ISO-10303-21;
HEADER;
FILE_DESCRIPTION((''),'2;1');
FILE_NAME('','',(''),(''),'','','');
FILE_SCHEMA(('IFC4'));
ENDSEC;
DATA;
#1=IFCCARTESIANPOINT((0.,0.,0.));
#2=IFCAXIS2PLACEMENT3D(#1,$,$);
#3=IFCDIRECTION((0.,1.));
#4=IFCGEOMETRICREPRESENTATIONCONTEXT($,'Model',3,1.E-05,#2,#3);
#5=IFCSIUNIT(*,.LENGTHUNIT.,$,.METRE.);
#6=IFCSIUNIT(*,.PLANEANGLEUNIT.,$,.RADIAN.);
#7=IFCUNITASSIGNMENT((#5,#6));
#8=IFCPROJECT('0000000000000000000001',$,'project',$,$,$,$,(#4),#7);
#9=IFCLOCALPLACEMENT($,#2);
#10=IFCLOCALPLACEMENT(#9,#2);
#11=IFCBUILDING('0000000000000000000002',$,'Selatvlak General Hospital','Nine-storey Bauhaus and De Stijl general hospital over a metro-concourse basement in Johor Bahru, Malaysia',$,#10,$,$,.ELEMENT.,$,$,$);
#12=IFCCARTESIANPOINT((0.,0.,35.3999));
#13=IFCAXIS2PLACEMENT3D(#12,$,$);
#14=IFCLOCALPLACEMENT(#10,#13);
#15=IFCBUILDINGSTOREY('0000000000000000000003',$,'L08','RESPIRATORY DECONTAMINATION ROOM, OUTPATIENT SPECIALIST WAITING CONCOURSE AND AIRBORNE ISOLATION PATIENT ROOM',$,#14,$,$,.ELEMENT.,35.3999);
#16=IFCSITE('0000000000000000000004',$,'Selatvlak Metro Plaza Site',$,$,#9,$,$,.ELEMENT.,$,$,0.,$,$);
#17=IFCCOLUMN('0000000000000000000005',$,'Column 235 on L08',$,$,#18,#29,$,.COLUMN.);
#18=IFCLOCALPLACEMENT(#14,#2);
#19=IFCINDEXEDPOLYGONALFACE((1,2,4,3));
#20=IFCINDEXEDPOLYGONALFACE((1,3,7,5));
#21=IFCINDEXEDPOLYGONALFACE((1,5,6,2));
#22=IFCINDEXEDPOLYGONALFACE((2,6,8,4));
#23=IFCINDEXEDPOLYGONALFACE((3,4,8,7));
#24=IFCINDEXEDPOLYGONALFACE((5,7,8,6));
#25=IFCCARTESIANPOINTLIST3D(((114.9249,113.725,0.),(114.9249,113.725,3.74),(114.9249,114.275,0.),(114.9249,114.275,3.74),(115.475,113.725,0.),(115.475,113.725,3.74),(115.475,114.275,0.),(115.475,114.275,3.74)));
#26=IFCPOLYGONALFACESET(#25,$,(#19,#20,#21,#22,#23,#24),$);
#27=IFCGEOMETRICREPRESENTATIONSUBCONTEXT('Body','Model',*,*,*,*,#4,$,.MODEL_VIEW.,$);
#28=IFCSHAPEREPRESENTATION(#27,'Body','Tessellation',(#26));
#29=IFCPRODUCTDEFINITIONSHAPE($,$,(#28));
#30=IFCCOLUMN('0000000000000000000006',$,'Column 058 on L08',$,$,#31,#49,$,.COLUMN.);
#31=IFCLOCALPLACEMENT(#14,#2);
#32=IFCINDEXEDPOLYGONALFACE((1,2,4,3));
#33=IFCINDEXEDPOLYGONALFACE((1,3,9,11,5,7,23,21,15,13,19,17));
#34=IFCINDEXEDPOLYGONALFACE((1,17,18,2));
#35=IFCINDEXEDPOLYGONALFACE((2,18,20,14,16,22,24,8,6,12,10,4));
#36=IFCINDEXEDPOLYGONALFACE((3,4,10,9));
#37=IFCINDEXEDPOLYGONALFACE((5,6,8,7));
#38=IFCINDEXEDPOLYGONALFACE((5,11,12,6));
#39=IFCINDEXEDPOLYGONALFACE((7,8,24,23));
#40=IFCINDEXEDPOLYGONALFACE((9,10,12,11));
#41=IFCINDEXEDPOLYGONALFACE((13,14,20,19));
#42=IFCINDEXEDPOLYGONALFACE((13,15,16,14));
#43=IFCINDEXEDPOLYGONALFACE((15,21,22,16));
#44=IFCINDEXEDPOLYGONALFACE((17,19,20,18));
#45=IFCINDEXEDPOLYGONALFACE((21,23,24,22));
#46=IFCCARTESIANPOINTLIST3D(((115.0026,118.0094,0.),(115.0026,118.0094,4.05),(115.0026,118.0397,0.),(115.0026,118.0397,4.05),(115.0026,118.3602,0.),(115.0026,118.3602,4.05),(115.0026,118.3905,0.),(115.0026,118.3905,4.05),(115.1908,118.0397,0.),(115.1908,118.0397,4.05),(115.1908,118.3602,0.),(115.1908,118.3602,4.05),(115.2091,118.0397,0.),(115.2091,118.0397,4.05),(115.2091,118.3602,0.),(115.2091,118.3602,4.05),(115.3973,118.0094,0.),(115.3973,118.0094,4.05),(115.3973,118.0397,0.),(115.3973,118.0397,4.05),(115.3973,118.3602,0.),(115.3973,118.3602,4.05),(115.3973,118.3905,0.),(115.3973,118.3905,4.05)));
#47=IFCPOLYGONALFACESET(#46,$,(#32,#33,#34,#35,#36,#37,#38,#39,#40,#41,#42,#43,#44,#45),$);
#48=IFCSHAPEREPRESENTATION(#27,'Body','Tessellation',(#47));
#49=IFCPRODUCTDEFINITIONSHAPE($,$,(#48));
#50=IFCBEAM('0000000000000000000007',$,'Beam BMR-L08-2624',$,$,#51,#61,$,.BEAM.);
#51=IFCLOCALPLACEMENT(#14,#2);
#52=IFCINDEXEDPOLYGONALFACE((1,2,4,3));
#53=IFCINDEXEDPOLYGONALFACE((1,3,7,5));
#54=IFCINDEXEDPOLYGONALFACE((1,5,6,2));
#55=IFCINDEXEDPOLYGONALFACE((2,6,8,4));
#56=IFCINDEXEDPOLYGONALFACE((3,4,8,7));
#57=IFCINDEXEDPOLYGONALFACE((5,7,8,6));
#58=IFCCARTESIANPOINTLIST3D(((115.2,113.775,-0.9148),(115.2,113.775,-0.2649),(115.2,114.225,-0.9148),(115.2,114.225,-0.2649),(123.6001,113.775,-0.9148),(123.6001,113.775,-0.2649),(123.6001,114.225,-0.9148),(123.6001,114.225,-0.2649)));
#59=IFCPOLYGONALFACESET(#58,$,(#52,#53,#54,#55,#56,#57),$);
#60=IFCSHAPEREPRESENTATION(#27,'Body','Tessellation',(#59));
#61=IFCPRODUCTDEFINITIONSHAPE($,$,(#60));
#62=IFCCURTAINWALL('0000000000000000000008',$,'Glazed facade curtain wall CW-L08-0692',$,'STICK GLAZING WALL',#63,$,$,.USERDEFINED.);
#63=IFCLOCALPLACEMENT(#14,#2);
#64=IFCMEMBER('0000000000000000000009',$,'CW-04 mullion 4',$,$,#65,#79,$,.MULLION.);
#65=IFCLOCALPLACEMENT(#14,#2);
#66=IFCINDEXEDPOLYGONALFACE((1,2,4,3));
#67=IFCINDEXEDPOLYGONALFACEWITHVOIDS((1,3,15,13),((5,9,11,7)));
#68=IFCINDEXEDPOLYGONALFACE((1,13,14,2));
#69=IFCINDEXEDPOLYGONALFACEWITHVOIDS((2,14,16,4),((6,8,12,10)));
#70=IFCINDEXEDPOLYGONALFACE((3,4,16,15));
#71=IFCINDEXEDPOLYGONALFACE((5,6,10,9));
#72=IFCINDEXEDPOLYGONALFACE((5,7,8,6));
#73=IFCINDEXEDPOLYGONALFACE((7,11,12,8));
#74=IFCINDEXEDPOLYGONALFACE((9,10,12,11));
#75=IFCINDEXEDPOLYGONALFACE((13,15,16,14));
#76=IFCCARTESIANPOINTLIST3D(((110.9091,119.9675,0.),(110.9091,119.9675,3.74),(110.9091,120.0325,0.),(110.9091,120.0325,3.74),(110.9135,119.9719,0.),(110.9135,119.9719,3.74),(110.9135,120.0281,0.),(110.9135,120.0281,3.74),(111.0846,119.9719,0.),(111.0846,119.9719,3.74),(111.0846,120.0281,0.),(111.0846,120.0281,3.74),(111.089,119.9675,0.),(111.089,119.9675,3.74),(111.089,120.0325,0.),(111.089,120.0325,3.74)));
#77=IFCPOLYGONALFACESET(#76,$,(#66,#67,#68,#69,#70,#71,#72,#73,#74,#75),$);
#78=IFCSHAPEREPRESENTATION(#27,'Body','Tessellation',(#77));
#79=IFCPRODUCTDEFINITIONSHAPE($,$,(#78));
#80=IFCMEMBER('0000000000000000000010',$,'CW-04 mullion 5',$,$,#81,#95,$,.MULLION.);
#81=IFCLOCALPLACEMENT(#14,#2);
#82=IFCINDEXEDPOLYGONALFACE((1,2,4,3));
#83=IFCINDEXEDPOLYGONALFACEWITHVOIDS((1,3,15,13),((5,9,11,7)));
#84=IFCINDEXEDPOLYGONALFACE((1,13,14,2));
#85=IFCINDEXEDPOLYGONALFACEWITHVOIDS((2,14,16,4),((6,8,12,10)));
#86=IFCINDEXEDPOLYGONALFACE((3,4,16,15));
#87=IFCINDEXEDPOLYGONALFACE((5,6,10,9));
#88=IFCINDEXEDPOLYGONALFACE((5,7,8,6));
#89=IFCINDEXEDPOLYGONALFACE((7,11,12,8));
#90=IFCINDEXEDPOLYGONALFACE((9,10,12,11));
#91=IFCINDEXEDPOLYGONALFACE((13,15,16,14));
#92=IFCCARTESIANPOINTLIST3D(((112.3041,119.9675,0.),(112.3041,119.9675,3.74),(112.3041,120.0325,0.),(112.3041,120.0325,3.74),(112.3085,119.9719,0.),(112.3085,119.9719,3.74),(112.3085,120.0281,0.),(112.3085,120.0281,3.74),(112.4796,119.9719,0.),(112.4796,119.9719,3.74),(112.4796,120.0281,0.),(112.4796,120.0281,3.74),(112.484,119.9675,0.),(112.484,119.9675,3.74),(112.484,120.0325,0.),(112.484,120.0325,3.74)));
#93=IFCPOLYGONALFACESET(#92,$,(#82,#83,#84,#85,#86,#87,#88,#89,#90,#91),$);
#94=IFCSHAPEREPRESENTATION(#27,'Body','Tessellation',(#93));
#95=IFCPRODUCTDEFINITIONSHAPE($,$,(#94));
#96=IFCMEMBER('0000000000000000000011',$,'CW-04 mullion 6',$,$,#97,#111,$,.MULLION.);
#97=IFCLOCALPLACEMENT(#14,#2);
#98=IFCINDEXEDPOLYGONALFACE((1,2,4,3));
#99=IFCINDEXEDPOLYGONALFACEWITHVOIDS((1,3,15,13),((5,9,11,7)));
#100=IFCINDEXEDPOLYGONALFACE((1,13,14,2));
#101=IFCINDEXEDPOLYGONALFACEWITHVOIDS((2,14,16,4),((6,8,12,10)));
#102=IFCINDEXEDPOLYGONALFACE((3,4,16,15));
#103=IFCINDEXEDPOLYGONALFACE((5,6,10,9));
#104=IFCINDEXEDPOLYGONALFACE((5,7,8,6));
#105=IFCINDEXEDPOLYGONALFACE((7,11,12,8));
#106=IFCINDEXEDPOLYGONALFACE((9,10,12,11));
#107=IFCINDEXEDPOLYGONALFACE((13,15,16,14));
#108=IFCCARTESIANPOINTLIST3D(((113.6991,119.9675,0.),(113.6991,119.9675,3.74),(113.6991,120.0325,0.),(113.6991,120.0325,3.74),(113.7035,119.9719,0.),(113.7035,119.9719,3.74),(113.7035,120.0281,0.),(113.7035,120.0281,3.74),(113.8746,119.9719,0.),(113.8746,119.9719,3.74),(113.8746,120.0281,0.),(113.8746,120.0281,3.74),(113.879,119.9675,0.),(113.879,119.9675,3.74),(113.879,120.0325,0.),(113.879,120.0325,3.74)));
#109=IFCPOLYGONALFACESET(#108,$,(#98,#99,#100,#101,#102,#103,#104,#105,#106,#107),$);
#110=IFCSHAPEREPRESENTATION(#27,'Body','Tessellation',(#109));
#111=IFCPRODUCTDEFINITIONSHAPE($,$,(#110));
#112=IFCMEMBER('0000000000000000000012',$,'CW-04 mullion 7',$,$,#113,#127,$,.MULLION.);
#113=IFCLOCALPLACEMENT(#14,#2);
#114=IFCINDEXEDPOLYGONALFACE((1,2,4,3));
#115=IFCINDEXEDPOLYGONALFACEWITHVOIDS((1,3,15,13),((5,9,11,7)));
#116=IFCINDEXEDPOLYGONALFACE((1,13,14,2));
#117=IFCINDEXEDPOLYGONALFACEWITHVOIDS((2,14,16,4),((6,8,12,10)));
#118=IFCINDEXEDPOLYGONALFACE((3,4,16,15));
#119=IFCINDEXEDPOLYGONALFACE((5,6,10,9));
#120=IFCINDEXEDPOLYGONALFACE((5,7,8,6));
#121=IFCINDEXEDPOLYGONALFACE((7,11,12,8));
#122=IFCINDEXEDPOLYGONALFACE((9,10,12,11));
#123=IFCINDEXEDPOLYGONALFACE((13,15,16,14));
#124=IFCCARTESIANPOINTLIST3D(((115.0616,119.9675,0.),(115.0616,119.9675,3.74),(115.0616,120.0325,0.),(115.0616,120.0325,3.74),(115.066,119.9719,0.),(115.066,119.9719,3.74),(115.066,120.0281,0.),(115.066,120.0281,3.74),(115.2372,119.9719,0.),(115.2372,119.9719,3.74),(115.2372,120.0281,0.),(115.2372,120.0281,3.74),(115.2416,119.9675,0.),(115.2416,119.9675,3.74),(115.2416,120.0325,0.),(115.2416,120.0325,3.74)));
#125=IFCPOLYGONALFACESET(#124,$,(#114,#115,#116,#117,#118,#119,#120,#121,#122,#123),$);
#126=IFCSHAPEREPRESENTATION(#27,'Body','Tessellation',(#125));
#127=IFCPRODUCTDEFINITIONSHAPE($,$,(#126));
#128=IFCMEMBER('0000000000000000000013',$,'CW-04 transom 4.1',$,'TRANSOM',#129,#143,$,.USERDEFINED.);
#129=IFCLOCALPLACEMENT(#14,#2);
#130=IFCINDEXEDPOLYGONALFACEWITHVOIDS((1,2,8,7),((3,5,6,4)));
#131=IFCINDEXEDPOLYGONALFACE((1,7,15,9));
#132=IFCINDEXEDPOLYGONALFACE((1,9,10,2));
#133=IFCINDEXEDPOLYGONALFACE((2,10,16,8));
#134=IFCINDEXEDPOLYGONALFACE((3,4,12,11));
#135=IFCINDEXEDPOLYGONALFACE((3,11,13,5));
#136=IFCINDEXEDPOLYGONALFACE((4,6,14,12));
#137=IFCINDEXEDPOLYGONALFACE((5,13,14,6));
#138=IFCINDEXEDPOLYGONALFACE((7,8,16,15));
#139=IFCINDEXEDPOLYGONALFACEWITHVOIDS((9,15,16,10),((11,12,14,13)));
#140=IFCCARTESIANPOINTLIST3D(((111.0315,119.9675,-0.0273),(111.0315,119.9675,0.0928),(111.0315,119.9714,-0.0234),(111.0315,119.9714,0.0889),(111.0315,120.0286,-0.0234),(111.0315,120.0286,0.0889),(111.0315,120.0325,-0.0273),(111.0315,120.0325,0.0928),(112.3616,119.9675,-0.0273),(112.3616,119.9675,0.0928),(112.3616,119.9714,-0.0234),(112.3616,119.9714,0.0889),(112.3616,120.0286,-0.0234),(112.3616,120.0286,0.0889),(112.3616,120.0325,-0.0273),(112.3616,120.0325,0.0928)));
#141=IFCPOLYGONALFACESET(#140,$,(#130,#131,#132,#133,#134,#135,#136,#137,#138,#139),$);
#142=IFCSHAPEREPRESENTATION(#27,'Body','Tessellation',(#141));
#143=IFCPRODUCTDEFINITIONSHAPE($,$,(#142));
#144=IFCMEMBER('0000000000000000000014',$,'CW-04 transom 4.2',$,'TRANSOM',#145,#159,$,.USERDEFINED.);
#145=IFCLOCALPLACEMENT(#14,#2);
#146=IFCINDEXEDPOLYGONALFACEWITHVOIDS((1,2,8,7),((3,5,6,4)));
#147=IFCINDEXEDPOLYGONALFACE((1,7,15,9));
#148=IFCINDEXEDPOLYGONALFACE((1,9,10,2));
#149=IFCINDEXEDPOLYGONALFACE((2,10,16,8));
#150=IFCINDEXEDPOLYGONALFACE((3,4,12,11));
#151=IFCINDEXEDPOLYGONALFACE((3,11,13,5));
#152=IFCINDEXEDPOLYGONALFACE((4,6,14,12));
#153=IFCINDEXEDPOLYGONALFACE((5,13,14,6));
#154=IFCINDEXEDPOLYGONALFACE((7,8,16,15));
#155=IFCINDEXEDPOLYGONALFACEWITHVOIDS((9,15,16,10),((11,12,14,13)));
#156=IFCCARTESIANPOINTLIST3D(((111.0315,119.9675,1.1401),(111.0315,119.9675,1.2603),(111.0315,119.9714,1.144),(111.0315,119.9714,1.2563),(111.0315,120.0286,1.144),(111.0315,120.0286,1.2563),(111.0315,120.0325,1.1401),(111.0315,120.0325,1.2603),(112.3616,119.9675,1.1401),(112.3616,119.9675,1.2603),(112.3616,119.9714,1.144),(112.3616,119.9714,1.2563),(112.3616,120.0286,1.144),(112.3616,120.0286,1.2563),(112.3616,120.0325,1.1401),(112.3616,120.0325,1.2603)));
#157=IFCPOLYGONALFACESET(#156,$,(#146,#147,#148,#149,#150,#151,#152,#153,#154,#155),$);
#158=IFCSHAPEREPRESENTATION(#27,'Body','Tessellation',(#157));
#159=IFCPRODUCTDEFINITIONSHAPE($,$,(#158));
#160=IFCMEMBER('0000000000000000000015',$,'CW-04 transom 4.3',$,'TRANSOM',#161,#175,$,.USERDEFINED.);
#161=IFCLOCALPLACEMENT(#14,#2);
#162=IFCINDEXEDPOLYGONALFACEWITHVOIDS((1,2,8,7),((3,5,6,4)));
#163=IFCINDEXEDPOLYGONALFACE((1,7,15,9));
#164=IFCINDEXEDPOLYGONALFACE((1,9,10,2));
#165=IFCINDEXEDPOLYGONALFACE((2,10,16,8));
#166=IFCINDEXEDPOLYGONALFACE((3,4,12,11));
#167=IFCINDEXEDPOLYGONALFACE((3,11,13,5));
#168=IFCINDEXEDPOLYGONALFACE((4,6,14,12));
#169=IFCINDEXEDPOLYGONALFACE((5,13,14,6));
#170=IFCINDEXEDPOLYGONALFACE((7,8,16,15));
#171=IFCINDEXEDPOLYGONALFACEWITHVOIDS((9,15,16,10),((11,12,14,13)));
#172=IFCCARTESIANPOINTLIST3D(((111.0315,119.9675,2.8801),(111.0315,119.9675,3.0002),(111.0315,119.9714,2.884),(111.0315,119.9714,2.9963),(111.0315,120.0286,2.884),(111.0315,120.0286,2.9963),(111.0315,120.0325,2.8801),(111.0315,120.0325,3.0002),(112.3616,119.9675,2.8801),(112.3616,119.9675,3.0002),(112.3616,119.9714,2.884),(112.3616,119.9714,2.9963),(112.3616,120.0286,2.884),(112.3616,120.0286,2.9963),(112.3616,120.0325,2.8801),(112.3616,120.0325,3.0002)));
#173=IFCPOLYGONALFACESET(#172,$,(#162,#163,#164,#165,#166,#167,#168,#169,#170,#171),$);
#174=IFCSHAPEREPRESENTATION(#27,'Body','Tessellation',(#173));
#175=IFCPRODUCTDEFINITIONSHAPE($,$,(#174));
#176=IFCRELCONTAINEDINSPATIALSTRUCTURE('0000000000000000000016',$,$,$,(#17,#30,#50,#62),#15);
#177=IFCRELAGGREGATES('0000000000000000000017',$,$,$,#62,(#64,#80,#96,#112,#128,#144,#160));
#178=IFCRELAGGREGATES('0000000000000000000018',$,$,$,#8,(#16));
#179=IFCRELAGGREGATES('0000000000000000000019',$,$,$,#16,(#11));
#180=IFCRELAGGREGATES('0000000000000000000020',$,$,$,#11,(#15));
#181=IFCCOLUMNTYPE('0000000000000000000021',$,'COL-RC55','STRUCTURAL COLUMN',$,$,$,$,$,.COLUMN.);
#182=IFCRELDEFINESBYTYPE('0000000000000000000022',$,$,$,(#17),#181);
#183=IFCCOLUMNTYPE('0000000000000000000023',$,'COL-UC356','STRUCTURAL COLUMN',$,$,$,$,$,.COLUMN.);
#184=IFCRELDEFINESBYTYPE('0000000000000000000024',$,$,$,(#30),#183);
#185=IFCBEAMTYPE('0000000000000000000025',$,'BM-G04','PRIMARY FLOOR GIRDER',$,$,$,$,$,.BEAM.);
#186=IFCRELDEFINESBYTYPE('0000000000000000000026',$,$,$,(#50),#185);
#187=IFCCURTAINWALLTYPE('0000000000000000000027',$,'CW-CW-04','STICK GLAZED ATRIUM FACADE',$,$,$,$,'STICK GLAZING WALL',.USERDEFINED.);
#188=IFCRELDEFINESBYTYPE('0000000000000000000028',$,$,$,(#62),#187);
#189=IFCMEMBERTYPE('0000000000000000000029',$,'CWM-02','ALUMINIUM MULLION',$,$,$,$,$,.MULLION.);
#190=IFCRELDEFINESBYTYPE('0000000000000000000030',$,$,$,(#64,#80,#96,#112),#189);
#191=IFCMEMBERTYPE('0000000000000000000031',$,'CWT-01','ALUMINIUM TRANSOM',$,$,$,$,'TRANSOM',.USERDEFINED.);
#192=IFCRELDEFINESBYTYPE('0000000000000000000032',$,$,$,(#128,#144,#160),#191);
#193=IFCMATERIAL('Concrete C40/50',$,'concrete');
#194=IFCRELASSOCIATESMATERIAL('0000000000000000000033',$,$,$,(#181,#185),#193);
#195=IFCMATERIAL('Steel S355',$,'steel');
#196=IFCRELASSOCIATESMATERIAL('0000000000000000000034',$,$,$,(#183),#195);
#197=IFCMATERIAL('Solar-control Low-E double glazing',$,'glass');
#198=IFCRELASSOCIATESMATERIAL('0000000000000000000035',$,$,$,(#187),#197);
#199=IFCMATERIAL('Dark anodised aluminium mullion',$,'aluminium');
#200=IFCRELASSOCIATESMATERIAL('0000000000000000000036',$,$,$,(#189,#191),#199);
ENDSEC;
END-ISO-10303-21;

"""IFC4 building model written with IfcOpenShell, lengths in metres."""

from ifc_helpers import new_model, si_unit, direction, frame, origin, origin_2d, place, context, subcontext, project, spatial, rectangle, hollow_rectangle, i_section, extrude, material, material_profile, profile_set, type_object, element, aggregate, save


model = new_model("IFC4")

# Units and contexts
model_context = context("Model", 3, precision=1e-05, world=origin(), true_north=direction((0.0, 1.0)))
body_context = subcontext(model_context, "Body", "Model", "MODEL_VIEW")
ifc_project = project(units=[si_unit("LENGTHUNIT", "METRE"), si_unit("PLANEANGLEUNIT", "RADIAN")], contexts=[model_context])

# Site, building, storey
site_placement = place(None, origin())
site = spatial("IfcSite", under=ifc_project, at=site_placement, Name="Selatvlak Metro Plaza Site", CompositionType="ELEMENT", RefElevation=0.0)
building_placement = place(site_placement, origin())
building = spatial("IfcBuilding", under=site, at=building_placement, Name="Selatvlak General Hospital", Description="Nine-storey Bauhaus and De Stijl general hospital over a metro-concourse basement in Johor Bahru, Malaysia", CompositionType="ELEMENT")
storey_placement = place(building_placement, frame((0.0, 0.0, 35.3999)))
storey = spatial("IfcBuildingStorey", under=building, at=storey_placement, Name="L08", Description="RESPIRATORY DECONTAMINATION ROOM, OUTPATIENT SPECIALIST WAITING CONCOURSE AND AIRBORNE ISOLATION PATIENT ROOM", CompositionType="ELEMENT", Elevation=35.3999)

# Columns
ifc_material_1 = material(Name="Concrete C40/50", Category="concrete")
ifc_material_profile_1 = material_profile(ifc_material_1, rectangle(XDim=0.55, YDim=0.55, at=origin_2d()), Name="RC-COL 550x550")
ifc_profile_set_1 = profile_set([ifc_material_profile_1], Name="Concrete C40/50")
column_type_1 = type_object("IfcColumnType", Name="COL-RC55", Description="STRUCTURAL COLUMN", PredefinedType="COLUMN", material=ifc_profile_set_1)
column_1_placement = place(storey_placement, frame((115.2, 114.0, 0.0), z_axis=(0.0, 0.0, 1.0), x_axis=(1.0, 0.0, 0.0)))
element("IfcColumn", 1, at=column_1_placement, inside=storey, type_object=column_type_1, Name="Column 235 on L08", PredefinedType="COLUMN", context=body_context, shape_type="SweptSolid", body=[
    extrude(rectangle(XDim=0.55, YDim=0.55, at=origin_2d()), origin(), (0.0, 0.0, 1.0), 3.74),
])
ifc_material_2 = material(Name="Steel S355", Category="steel")
ifc_material_profile_2 = material_profile(ifc_material_2, i_section(OverallWidth=0.3948, OverallDepth=0.3811, WebThickness=0.0183, FlangeThickness=0.0303, at=origin_2d()), Name="UC 356x406x235")
ifc_profile_set_2 = profile_set([ifc_material_profile_2], Name="Steel S355")
column_type_2 = type_object("IfcColumnType", Name="COL-UC356", Description="STRUCTURAL COLUMN", PredefinedType="COLUMN", material=ifc_profile_set_2)
column_2_placement = place(storey_placement, frame((115.2, 118.2, 0.0), z_axis=(0.0, 0.0, 1.0), x_axis=(1.0, 0.0, 0.0)))
element("IfcColumn", 2, at=column_2_placement, inside=storey, type_object=column_type_2, Name="Column 058 on L08", PredefinedType="COLUMN", context=body_context, shape_type="SweptSolid", body=[
    extrude(i_section(OverallWidth=0.3948, OverallDepth=0.3811, WebThickness=0.0183, FlangeThickness=0.0303, at=origin_2d()), origin(), (0.0, 0.0, 1.0), 4.05),
])

# Beam
ifc_material_profile_3 = material_profile(ifc_material_1, rectangle(XDim=0.45, YDim=0.6499, at=origin_2d()), Name="RC-BM 450x650")
ifc_profile_set_3 = profile_set([ifc_material_profile_3], Name="Concrete C40/50")
beam_type = type_object("IfcBeamType", Name="BM-G04", Description="PRIMARY FLOOR GIRDER", PredefinedType="BEAM", material=ifc_profile_set_3)
beam_placement = place(storey_placement, frame((115.2, 114.0, -0.5898), z_axis=(1.0, 0.0, 0.0), x_axis=(0.0, 1.0, 0.0)))
element("IfcBeam", 3, at=beam_placement, inside=storey, type_object=beam_type, Name="Beam BMR-L08-2624", PredefinedType="BEAM", context=body_context, shape_type="SweptSolid", body=[
    extrude(rectangle(XDim=0.45, YDim=0.6499, at=origin_2d()), origin(), (0.0, 0.0, 1.0), 8.4001),
])

# Curtain wall, members
ifc_material_3 = material(Name="Solar-control Low-E double glazing", Category="glass")
curtain_wall_type = type_object("IfcCurtainWallType", Name="CW-CW-04", Description="STICK GLAZED ATRIUM FACADE", ElementType="STICK GLAZING WALL", PredefinedType="USERDEFINED", material=ifc_material_3)
curtain_wall_placement = place(storey_placement, origin())
curtain_wall = element("IfcCurtainWall", 4, at=curtain_wall_placement, inside=storey, type_object=curtain_wall_type, Name="Glazed facade curtain wall CW-L08-0692", ObjectType="STICK GLAZING WALL", PredefinedType="USERDEFINED")
ifc_material_4 = material(Name="Dark anodised aluminium mullion", Category="aluminium")
ifc_material_profile_4 = material_profile(ifc_material_4, hollow_rectangle(XDim=0.0649, YDim=0.1799, WallThickness=0.0044, at=origin_2d()), Name="AL-MUL 65x180x4.5")
ifc_profile_set_4 = profile_set([ifc_material_profile_4], Name="Dark anodised aluminium mullion")
member_type_1 = type_object("IfcMemberType", Name="CWM-02", Description="ALUMINIUM MULLION", PredefinedType="MULLION", material=ifc_profile_set_4)
member_1_placement = place(storey_placement, frame((110.999, 120.0, 0.0), z_axis=(0.0, 0.0, 1.0), x_axis=(0.0, 1.0, 0.0)))
member_1 = element("IfcMember", 5, at=member_1_placement, type_object=member_type_1, Name="CW-04 mullion 4", PredefinedType="MULLION", context=body_context, shape_type="SweptSolid", body=[
    extrude(hollow_rectangle(XDim=0.0649, YDim=0.1799, WallThickness=0.0044, at=origin_2d()), origin(), (0.0, 0.0, 1.0), 3.74),
])
member_2_placement = place(storey_placement, frame((112.394, 120.0, 0.0), z_axis=(0.0, 0.0, 1.0), x_axis=(0.0, 1.0, 0.0)))
member_2 = element("IfcMember", 6, at=member_2_placement, type_object=member_type_1, Name="CW-04 mullion 5", PredefinedType="MULLION", context=body_context, shape_type="SweptSolid", body=[
    extrude(hollow_rectangle(XDim=0.0649, YDim=0.1799, WallThickness=0.0044, at=origin_2d()), origin(), (0.0, 0.0, 1.0), 3.74),
])
member_3_placement = place(storey_placement, frame((113.7891, 120.0, 0.0), z_axis=(0.0, 0.0, 1.0), x_axis=(0.0, 1.0, 0.0)))
member_3 = element("IfcMember", 7, at=member_3_placement, type_object=member_type_1, Name="CW-04 mullion 6", PredefinedType="MULLION", context=body_context, shape_type="SweptSolid", body=[
    extrude(hollow_rectangle(XDim=0.0649, YDim=0.1799, WallThickness=0.0044, at=origin_2d()), origin(), (0.0, 0.0, 1.0), 3.74),
])
member_4_placement = place(storey_placement, frame((115.1516, 120.0, 0.0), z_axis=(0.0, 0.0, 1.0), x_axis=(0.0, 1.0, 0.0)))
member_4 = element("IfcMember", 8, at=member_4_placement, type_object=member_type_1, Name="CW-04 mullion 7", PredefinedType="MULLION", context=body_context, shape_type="SweptSolid", body=[
    extrude(hollow_rectangle(XDim=0.0649, YDim=0.1799, WallThickness=0.0044, at=origin_2d()), origin(), (0.0, 0.0, 1.0), 3.74),
])
ifc_material_profile_5 = material_profile(ifc_material_4, hollow_rectangle(XDim=0.0649, YDim=0.1201, WallThickness=0.0039, at=origin_2d()), Name="AL-TRN 65x120x4")
ifc_profile_set_5 = profile_set([ifc_material_profile_5], Name="Dark anodised aluminium mullion")
member_type_2 = type_object("IfcMemberType", Name="CWT-01", Description="ALUMINIUM TRANSOM", ElementType="TRANSOM", PredefinedType="USERDEFINED", material=ifc_profile_set_5)
member_5_placement = place(storey_placement, frame((111.0315, 120.0, 0.0327), z_axis=(1.0, 0.0, 0.0), x_axis=(0.0, 1.0, 0.0)))
member_5 = element("IfcMember", 9, at=member_5_placement, type_object=member_type_2, Name="CW-04 transom 4.1", ObjectType="TRANSOM", PredefinedType="USERDEFINED", context=body_context, shape_type="SweptSolid", body=[
    extrude(hollow_rectangle(XDim=0.0649, YDim=0.1201, WallThickness=0.0039, at=origin_2d()), origin(), (0.0, 0.0, 1.0), 1.3301),
])
member_6_placement = place(storey_placement, frame((111.0315, 120.0, 1.2002), z_axis=(1.0, 0.0, 0.0), x_axis=(0.0, 1.0, 0.0)))
member_6 = element("IfcMember", 10, at=member_6_placement, type_object=member_type_2, Name="CW-04 transom 4.2", ObjectType="TRANSOM", PredefinedType="USERDEFINED", context=body_context, shape_type="SweptSolid", body=[
    extrude(hollow_rectangle(XDim=0.0649, YDim=0.1201, WallThickness=0.0039, at=origin_2d()), origin(), (0.0, 0.0, 1.0), 1.3301),
])
member_7_placement = place(storey_placement, frame((111.0315, 120.0, 2.9402), z_axis=(1.0, 0.0, 0.0), x_axis=(0.0, 1.0, 0.0)))
member_7 = element("IfcMember", 11, at=member_7_placement, type_object=member_type_2, Name="CW-04 transom 4.3", ObjectType="TRANSOM", PredefinedType="USERDEFINED", context=body_context, shape_type="SweptSolid", body=[
    extrude(hollow_rectangle(XDim=0.0649, YDim=0.1201, WallThickness=0.0039, at=origin_2d()), origin(), (0.0, 0.0, 1.0), 1.3301),
])
aggregate(curtain_wall, [member_1, member_2, member_3, member_4, member_5, member_6, member_7])

save(model, "model.ifc")
